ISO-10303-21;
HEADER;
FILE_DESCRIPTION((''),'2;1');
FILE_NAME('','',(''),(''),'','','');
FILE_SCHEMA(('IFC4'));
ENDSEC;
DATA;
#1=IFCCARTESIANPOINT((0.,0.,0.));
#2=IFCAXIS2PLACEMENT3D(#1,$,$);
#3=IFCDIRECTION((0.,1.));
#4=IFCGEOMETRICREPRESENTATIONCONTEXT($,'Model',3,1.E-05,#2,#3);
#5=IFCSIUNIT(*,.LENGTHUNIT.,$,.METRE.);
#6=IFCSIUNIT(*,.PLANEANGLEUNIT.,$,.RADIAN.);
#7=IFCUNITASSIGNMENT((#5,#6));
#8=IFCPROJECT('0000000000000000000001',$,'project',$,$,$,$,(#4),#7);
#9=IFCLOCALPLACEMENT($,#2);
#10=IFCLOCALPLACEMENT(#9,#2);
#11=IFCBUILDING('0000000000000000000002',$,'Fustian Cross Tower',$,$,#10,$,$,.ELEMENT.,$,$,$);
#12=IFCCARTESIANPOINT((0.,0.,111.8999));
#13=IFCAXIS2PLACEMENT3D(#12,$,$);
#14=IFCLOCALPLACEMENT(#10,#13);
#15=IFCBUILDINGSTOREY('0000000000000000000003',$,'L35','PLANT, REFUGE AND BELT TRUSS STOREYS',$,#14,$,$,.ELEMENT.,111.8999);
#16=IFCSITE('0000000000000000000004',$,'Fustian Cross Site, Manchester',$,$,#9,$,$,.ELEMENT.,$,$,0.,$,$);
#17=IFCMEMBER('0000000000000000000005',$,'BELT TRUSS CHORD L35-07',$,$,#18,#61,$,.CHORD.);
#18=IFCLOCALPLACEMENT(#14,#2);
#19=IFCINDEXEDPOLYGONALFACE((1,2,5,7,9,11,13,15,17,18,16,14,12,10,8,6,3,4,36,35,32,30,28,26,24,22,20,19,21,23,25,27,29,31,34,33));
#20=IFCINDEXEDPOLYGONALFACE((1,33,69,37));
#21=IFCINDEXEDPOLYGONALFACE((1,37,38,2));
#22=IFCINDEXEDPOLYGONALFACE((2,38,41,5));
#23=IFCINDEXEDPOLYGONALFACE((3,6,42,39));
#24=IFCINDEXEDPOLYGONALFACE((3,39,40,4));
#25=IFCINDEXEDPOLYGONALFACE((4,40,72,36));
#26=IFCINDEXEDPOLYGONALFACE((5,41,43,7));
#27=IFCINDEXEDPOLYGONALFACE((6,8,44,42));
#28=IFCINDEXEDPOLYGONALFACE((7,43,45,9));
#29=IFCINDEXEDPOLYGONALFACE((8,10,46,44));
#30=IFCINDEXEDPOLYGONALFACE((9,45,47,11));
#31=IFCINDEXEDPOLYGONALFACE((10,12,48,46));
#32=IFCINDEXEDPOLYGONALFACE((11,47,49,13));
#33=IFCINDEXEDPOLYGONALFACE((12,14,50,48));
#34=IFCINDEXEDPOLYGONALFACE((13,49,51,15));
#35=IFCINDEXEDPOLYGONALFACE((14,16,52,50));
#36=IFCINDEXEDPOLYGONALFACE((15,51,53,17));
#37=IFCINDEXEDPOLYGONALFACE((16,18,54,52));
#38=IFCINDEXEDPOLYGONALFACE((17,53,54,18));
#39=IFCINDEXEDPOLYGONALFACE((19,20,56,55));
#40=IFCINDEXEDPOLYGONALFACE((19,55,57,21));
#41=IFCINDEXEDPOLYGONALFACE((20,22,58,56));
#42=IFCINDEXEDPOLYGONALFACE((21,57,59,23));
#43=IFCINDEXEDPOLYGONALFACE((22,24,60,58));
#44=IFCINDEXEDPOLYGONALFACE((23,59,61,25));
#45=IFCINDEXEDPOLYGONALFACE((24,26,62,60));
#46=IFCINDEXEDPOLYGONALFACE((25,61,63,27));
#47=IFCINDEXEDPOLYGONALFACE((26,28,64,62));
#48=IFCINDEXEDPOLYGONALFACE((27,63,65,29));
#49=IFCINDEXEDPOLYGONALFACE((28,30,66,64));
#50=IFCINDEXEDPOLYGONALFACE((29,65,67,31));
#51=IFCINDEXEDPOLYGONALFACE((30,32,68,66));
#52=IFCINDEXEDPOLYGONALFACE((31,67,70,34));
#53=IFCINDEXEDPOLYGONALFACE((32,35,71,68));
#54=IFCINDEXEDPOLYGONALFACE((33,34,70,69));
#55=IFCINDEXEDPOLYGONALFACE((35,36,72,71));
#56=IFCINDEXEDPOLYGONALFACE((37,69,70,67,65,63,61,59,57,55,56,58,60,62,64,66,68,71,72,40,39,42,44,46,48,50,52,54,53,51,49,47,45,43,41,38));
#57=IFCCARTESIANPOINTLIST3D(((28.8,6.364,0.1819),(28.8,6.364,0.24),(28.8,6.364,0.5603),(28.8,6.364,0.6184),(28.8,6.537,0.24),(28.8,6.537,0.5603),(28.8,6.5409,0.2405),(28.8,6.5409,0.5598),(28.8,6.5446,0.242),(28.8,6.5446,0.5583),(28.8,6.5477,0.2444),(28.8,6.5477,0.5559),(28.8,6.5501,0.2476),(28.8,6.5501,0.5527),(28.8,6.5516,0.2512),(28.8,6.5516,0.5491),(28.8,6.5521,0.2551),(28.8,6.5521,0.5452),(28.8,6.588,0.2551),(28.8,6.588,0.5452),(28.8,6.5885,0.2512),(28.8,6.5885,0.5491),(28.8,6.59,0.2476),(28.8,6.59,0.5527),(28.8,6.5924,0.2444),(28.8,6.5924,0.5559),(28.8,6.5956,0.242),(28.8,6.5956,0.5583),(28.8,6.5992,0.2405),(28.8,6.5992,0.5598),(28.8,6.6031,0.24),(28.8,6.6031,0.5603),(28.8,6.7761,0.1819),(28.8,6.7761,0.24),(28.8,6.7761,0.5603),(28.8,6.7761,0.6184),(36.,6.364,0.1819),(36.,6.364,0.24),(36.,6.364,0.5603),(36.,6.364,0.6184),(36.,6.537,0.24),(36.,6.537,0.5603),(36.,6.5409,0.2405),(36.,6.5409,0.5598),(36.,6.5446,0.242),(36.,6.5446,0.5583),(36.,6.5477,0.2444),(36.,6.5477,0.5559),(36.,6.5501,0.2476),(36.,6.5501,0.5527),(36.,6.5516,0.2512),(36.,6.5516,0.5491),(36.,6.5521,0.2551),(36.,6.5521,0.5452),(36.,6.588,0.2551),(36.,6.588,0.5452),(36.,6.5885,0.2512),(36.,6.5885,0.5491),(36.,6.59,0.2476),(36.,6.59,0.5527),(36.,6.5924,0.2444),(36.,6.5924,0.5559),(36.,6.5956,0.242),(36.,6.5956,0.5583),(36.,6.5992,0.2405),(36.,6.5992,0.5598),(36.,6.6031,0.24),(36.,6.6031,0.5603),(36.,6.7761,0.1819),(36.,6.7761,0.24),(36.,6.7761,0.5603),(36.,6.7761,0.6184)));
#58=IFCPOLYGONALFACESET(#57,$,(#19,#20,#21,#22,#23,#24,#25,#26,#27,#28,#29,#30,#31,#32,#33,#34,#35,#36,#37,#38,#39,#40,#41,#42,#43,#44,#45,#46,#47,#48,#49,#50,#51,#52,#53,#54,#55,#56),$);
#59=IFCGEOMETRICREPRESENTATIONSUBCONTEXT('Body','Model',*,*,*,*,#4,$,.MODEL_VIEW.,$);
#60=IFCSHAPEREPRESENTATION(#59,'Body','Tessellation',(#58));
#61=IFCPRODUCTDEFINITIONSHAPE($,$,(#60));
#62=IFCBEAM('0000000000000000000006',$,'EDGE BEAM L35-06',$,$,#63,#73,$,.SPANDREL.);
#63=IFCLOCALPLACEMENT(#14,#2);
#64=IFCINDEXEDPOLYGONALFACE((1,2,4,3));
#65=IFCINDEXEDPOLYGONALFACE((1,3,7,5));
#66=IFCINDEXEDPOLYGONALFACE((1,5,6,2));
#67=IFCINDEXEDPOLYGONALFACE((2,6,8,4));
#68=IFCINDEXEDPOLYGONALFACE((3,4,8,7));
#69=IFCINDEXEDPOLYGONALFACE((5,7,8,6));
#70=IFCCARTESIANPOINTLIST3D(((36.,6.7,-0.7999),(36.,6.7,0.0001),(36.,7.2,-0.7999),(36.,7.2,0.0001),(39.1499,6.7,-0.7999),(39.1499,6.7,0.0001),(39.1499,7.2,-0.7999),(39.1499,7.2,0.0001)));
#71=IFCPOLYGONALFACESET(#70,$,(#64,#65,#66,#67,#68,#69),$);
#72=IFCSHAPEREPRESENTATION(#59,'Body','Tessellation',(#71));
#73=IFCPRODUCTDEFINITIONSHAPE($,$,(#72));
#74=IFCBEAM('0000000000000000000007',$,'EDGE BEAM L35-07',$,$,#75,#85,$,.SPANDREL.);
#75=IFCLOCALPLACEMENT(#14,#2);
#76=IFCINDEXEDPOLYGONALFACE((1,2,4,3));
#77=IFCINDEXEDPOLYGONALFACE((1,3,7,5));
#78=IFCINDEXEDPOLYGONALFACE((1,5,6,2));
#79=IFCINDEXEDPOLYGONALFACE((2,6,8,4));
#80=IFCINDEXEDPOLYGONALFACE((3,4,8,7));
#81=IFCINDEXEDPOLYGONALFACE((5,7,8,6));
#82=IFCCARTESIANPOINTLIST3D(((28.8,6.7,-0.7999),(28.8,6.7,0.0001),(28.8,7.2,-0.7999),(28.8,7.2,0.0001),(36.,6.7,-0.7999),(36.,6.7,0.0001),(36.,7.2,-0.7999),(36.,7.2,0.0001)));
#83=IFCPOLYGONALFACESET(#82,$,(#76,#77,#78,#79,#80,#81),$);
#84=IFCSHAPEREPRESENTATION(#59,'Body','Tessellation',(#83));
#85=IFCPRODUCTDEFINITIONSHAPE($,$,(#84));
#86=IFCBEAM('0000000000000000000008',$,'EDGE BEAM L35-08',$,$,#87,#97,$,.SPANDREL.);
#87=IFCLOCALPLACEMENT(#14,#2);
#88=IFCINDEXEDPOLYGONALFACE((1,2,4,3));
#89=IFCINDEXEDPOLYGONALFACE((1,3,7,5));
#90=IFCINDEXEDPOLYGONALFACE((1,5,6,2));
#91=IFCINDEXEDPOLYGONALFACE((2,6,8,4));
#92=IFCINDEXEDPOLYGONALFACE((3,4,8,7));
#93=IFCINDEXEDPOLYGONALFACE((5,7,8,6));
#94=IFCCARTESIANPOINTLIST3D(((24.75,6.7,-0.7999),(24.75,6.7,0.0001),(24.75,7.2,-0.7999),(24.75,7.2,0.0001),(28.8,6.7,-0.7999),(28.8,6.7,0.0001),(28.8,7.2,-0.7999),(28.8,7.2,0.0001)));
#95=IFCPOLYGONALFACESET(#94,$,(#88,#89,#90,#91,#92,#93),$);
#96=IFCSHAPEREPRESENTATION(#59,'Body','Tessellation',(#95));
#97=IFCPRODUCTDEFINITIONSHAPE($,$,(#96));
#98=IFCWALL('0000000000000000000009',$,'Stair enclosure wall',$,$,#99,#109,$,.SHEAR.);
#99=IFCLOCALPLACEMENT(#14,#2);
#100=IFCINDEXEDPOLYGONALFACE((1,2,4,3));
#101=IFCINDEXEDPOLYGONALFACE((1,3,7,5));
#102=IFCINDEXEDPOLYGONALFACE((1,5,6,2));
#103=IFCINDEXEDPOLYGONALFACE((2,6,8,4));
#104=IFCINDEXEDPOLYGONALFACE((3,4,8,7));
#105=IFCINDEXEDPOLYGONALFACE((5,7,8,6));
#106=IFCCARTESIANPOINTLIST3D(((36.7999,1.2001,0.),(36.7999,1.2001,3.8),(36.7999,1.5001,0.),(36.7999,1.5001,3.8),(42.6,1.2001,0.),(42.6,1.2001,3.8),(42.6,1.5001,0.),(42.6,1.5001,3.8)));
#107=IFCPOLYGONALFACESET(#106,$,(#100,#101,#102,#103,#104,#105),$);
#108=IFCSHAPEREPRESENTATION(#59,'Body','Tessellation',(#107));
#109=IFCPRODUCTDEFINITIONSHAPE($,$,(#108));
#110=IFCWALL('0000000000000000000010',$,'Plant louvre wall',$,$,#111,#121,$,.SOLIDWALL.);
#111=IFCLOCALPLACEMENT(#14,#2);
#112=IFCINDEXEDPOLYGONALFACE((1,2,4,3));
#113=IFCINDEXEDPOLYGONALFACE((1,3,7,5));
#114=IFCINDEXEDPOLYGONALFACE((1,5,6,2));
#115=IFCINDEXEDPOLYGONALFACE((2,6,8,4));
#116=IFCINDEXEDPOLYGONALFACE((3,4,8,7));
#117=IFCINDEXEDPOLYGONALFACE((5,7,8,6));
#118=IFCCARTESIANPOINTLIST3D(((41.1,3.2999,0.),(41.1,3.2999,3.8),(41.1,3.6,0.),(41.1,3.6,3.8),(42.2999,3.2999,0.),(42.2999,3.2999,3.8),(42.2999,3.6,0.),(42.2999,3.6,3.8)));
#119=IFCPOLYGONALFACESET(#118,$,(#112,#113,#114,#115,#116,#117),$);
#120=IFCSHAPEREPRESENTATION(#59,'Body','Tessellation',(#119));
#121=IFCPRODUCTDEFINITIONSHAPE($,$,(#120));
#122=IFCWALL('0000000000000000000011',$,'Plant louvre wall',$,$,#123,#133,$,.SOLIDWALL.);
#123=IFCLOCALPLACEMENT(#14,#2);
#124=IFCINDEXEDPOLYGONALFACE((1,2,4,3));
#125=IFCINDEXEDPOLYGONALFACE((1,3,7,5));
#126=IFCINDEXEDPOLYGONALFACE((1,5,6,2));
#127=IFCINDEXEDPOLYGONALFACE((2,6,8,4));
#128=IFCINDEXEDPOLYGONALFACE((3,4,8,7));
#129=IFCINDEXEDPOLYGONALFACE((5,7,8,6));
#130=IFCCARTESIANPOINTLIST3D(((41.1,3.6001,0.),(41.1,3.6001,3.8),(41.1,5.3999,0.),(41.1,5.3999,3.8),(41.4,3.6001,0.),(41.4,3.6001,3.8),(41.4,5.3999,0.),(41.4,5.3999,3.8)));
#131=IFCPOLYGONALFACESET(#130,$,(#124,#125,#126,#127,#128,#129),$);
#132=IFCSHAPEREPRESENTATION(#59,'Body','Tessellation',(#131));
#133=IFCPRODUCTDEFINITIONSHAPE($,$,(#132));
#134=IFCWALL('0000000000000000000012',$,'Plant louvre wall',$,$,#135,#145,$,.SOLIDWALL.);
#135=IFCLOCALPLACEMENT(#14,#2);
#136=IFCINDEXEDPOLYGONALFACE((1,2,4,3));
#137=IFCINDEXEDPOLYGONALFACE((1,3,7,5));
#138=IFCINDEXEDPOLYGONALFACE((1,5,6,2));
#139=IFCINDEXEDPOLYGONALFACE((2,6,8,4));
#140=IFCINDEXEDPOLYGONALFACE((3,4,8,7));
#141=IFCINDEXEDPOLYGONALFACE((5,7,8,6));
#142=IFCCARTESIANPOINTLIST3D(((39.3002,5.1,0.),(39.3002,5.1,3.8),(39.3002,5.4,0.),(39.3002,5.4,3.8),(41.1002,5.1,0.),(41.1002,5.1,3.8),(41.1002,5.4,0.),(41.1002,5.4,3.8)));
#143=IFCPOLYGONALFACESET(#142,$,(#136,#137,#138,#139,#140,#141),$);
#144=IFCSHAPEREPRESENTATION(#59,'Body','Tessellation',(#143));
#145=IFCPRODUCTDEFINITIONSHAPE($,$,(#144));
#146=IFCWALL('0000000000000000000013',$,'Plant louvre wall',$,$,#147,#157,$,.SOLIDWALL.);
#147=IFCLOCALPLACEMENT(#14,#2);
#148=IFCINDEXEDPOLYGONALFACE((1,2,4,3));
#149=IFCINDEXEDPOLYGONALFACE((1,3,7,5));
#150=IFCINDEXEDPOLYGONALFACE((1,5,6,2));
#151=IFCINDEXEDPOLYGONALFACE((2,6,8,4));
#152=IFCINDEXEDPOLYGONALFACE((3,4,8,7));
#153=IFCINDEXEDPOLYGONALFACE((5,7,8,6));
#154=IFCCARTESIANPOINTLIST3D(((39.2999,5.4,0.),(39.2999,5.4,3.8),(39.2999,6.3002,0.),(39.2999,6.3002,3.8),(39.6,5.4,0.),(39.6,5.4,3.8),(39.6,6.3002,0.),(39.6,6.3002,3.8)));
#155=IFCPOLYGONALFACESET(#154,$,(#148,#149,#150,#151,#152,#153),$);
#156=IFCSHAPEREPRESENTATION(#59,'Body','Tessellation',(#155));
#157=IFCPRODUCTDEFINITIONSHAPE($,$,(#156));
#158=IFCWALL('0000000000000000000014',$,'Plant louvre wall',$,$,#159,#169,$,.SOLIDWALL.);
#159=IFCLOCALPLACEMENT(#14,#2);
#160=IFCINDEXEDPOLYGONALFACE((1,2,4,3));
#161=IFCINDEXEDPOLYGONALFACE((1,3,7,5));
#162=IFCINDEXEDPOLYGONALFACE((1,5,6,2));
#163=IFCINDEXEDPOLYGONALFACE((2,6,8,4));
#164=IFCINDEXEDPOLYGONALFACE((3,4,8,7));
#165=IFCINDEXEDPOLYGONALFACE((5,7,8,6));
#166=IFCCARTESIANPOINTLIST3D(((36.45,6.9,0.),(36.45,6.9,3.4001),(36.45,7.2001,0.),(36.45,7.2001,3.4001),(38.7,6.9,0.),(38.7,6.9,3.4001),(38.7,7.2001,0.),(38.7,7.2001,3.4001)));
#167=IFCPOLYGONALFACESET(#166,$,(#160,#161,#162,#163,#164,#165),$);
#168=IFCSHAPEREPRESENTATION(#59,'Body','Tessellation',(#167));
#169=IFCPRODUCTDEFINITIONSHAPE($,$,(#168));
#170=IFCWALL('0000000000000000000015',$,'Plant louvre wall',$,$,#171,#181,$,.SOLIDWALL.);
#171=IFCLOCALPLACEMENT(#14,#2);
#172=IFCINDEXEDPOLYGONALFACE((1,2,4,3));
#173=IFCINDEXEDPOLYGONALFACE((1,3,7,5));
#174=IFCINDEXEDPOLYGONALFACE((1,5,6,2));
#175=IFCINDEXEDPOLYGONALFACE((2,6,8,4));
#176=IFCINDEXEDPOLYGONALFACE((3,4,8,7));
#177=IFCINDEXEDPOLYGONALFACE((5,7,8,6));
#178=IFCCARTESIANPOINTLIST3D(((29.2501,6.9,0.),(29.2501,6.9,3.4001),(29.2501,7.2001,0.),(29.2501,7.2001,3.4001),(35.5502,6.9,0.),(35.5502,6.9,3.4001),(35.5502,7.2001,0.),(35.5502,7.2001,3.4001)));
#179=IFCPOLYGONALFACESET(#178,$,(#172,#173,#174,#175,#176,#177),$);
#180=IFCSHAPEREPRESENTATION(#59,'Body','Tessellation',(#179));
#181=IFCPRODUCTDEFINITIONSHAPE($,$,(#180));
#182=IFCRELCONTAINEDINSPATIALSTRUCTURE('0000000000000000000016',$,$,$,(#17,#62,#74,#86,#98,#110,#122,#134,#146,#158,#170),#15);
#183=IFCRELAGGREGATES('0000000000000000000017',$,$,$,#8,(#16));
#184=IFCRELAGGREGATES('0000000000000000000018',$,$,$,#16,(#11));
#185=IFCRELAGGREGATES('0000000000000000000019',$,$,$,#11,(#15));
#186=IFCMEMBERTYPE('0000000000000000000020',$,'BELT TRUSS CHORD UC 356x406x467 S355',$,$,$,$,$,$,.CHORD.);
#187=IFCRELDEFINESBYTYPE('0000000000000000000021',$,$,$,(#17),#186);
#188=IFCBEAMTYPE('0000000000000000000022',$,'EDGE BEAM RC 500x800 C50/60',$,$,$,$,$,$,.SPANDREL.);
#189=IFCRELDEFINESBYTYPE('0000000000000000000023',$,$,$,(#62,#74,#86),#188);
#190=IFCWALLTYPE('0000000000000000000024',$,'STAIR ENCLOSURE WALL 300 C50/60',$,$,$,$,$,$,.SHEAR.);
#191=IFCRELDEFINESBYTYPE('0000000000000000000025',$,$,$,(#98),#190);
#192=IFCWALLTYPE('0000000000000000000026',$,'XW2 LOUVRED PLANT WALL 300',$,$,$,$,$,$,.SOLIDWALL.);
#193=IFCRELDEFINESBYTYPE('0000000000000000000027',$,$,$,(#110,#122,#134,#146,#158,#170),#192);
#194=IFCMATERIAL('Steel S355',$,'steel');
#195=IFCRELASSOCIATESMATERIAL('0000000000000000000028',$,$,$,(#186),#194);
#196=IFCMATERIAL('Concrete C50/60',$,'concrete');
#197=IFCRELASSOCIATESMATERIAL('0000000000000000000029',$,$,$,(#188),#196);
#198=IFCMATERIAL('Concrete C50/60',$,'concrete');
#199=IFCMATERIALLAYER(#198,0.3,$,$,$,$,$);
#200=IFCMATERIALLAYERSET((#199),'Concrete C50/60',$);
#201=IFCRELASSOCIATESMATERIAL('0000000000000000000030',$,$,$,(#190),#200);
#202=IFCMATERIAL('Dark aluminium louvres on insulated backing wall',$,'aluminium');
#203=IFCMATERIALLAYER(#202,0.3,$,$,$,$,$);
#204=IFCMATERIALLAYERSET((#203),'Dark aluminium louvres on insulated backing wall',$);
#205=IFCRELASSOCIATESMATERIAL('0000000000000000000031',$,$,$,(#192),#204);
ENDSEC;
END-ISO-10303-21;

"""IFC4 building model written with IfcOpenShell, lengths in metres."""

from ifc_helpers import new_model, si_unit, direction, frame, frame_2d, origin, origin_2d, place, context, subcontext, project, spatial, rectangle, i_section, extrude, material, layer, layer_set, material_profile, profile_set, type_object, element, save


model = new_model("IFC4")

# Units and contexts
model_context = context("Model", 3, precision=1e-05, world=origin(), true_north=direction((0.0, 1.0)))
body_context = subcontext(model_context, "Body", "Model", "MODEL_VIEW")
ifc_project = project(units=[si_unit("LENGTHUNIT", "METRE"), si_unit("PLANEANGLEUNIT", "RADIAN")], contexts=[model_context])

# Site, building, storey
site_placement = place(None, origin())
site = spatial("IfcSite", under=ifc_project, at=site_placement, Name="Fustian Cross Site, Manchester", CompositionType="ELEMENT", RefElevation=0.0)
building_placement = place(site_placement, origin())
building = spatial("IfcBuilding", under=site, at=building_placement, Name="Fustian Cross Tower", CompositionType="ELEMENT")
storey_placement = place(building_placement, frame((0.0, 0.0, 111.8999)))
storey = spatial("IfcBuildingStorey", under=building, at=storey_placement, Name="L35", Description="PLANT, REFUGE AND BELT TRUSS STOREYS", CompositionType="ELEMENT", Elevation=111.8999)

# Member
ifc_material_1 = material(Name="Steel S355", Category="steel")
ifc_material_profile_1 = material_profile(ifc_material_1, i_section(OverallWidth=0.4121, OverallDepth=0.4365, WebThickness=0.0359, FlangeThickness=0.0581, FilletRadius=0.0151, at=origin_2d()), Name="UC 356x406x467")
ifc_profile_set_1 = profile_set([ifc_material_profile_1], Name="Steel S355")
member_type_1 = type_object("IfcMemberType", Name="BELT TRUSS CHORD UC 356x406x467 S355", PredefinedType="CHORD", material=ifc_profile_set_1)
for number, where, z_axis, x_axis, name in (
    (1, (36.0, 6.5701, 0.4001), (-1.0, 0.0, 0.0), (0.0, -1.0, 0.0), "BELT TRUSS CHORD L35-07"),
):
    element("IfcMember", number, at=place(storey_placement, frame(where, z_axis=z_axis, x_axis=x_axis)), inside=storey, type_object=member_type_1, Name=name, PredefinedType="CHORD", context=body_context, shape_type="SweptSolid", body=[
        extrude(i_section(OverallWidth=0.4121, OverallDepth=0.4365, WebThickness=0.0359, FlangeThickness=0.0581, FilletRadius=0.0151, at=origin_2d()), origin(), (0.0, 0.0, 1.0), 7.2),
    ])

# Beams
ifc_material_2 = material(Name="Concrete C50/60", Category="concrete")
ifc_material_profile_2 = material_profile(ifc_material_2, rectangle(XDim=0.5, YDim=0.8, at=origin_2d()), Name="RC 500x800")
ifc_profile_set_2 = profile_set([ifc_material_profile_2], Name="Concrete C50/60")
beam_type = type_object("IfcBeamType", Name="EDGE BEAM RC 500x800 C50/60", PredefinedType="SPANDREL", material=ifc_profile_set_2)
beam_1_placement = place(storey_placement, frame((39.1499, 6.95, -0.3999), z_axis=(-1.0, 0.0, 0.0), x_axis=(0.0, -1.0, 0.0)))
element("IfcBeam", 2, at=beam_1_placement, inside=storey, type_object=beam_type, Name="EDGE BEAM L35-06", PredefinedType="SPANDREL", context=body_context, shape_type="SweptSolid", body=[
    extrude(rectangle(XDim=0.5, YDim=0.8, at=origin_2d()), origin(), (0.0, 0.0, 1.0), 3.1499),
])
beam_2_placement = place(storey_placement, frame((36.0, 6.95, -0.3999), z_axis=(-1.0, 0.0, 0.0), x_axis=(0.0, -1.0, 0.0)))
element("IfcBeam", 3, at=beam_2_placement, inside=storey, type_object=beam_type, Name="EDGE BEAM L35-07", PredefinedType="SPANDREL", context=body_context, shape_type="SweptSolid", body=[
    extrude(rectangle(XDim=0.5, YDim=0.8, at=origin_2d()), origin(), (0.0, 0.0, 1.0), 7.2),
])
beam_3_placement = place(storey_placement, frame((28.8, 6.95, -0.3999), z_axis=(-1.0, 0.0, 0.0), x_axis=(0.0, -1.0, 0.0)))
element("IfcBeam", 4, at=beam_3_placement, inside=storey, type_object=beam_type, Name="EDGE BEAM L35-08", PredefinedType="SPANDREL", context=body_context, shape_type="SweptSolid", body=[
    extrude(rectangle(XDim=0.5, YDim=0.8, at=origin_2d()), origin(), (0.0, 0.0, 1.0), 4.05),
])

# Walls
ifc_material_3 = material(Name="Concrete C50/60", Category="concrete")
ifc_layer_1 = layer(ifc_material_3, 0.3)
ifc_layer_set_1 = layer_set([ifc_layer_1], Name="Concrete C50/60")
wall_type_1 = type_object("IfcWallType", Name="STAIR ENCLOSURE WALL 300 C50/60", PredefinedType="SHEAR", material=ifc_layer_set_1)
wall_1_placement = place(storey_placement, frame((36.8, 1.3501, 0.0), z_axis=(0.0, 0.0, 1.0), x_axis=(1.0, 0.0, 0.0)))
element("IfcWall", 5, at=wall_1_placement, inside=storey, type_object=wall_type_1, Name="Stair enclosure wall", PredefinedType="SHEAR", context=body_context, shape_type="SweptSolid", body=[
    extrude(rectangle(XDim=5.8, YDim=0.3, at=frame_2d((2.8999, 0.0))), origin(), (0.0, 0.0, 1.0), 3.8),
])
ifc_material_4 = material(Name="Dark aluminium louvres on insulated backing wall", Category="aluminium")
ifc_layer_2 = layer(ifc_material_4, 0.3)
ifc_layer_set_2 = layer_set([ifc_layer_2], Name="Dark aluminium louvres on insulated backing wall")
wall_type_2 = type_object("IfcWallType", Name="XW2 LOUVRED PLANT WALL 300", PredefinedType="SOLIDWALL", material=ifc_layer_set_2)
wall_2_placement = place(storey_placement, frame((42.3, 3.45, 0.0), z_axis=(0.0, 0.0, 1.0), x_axis=(-1.0, 0.0, 0.0)))
element("IfcWall", 6, at=wall_2_placement, inside=storey, type_object=wall_type_2, Name="Plant louvre wall", PredefinedType="SOLIDWALL", context=body_context, shape_type="SweptSolid", body=[
    extrude(rectangle(XDim=1.2, YDim=0.3, at=frame_2d((0.6001, 0.0))), origin(), (0.0, 0.0, 1.0), 3.8),
])
wall_3_placement = place(storey_placement, frame((41.25, 3.6001, 0.0), z_axis=(0.0, 0.0, 1.0), x_axis=(0.0, 1.0, 0.0)))
element("IfcWall", 7, at=wall_3_placement, inside=storey, type_object=wall_type_2, Name="Plant louvre wall", PredefinedType="SOLIDWALL", context=body_context, shape_type="SweptSolid", body=[
    extrude(rectangle(XDim=1.7998, YDim=0.3, at=frame_2d((0.8999, 0.0))), origin(), (0.0, 0.0, 1.0), 3.8),
])
wall_4_placement = place(storey_placement, frame((41.1001, 5.25, 0.0), z_axis=(0.0, 0.0, 1.0), x_axis=(-1.0, 0.0, 0.0)))
element("IfcWall", 8, at=wall_4_placement, inside=storey, type_object=wall_type_2, Name="Plant louvre wall", PredefinedType="SOLIDWALL", context=body_context, shape_type="SweptSolid", body=[
    extrude(rectangle(XDim=1.8, YDim=0.3, at=frame_2d((0.8999, 0.0))), origin(), (0.0, 0.0, 1.0), 3.8),
])
wall_5_placement = place(storey_placement, frame((39.45, 5.3999, 0.0), z_axis=(0.0, 0.0, 1.0), x_axis=(0.0, 1.0, 0.0)))
element("IfcWall", 9, at=wall_5_placement, inside=storey, type_object=wall_type_2, Name="Plant louvre wall", PredefinedType="SOLIDWALL", context=body_context, shape_type="SweptSolid", body=[
    extrude(rectangle(XDim=0.9001, YDim=0.3, at=frame_2d((0.4502, 0.0))), origin(), (0.0, 0.0, 1.0), 3.8),
])
wall_6_placement = place(storey_placement, frame((38.7, 7.05, 0.0), z_axis=(0.0, 0.0, 1.0), x_axis=(-1.0, 0.0, 0.0)))
element("IfcWall", 10, at=wall_6_placement, inside=storey, type_object=wall_type_2, Name="Plant louvre wall", PredefinedType="SOLIDWALL", context=body_context, shape_type="SweptSolid", body=[
    extrude(rectangle(XDim=2.25, YDim=0.3, at=frame_2d((1.125, 0.0))), origin(), (0.0, 0.0, 1.0), 3.4001),
])
wall_7_placement = place(storey_placement, frame((35.55, 7.05, 0.0), z_axis=(0.0, 0.0, 1.0), x_axis=(-1.0, 0.0, 0.0)))
element("IfcWall", 11, at=wall_7_placement, inside=storey, type_object=wall_type_2, Name="Plant louvre wall", PredefinedType="SOLIDWALL", context=body_context, shape_type="SweptSolid", body=[
    extrude(rectangle(XDim=6.3, YDim=0.3, at=frame_2d((3.1499, 0.0))), origin(), (0.0, 0.0, 1.0), 3.4001),
])

save(model, "model.ifc")
